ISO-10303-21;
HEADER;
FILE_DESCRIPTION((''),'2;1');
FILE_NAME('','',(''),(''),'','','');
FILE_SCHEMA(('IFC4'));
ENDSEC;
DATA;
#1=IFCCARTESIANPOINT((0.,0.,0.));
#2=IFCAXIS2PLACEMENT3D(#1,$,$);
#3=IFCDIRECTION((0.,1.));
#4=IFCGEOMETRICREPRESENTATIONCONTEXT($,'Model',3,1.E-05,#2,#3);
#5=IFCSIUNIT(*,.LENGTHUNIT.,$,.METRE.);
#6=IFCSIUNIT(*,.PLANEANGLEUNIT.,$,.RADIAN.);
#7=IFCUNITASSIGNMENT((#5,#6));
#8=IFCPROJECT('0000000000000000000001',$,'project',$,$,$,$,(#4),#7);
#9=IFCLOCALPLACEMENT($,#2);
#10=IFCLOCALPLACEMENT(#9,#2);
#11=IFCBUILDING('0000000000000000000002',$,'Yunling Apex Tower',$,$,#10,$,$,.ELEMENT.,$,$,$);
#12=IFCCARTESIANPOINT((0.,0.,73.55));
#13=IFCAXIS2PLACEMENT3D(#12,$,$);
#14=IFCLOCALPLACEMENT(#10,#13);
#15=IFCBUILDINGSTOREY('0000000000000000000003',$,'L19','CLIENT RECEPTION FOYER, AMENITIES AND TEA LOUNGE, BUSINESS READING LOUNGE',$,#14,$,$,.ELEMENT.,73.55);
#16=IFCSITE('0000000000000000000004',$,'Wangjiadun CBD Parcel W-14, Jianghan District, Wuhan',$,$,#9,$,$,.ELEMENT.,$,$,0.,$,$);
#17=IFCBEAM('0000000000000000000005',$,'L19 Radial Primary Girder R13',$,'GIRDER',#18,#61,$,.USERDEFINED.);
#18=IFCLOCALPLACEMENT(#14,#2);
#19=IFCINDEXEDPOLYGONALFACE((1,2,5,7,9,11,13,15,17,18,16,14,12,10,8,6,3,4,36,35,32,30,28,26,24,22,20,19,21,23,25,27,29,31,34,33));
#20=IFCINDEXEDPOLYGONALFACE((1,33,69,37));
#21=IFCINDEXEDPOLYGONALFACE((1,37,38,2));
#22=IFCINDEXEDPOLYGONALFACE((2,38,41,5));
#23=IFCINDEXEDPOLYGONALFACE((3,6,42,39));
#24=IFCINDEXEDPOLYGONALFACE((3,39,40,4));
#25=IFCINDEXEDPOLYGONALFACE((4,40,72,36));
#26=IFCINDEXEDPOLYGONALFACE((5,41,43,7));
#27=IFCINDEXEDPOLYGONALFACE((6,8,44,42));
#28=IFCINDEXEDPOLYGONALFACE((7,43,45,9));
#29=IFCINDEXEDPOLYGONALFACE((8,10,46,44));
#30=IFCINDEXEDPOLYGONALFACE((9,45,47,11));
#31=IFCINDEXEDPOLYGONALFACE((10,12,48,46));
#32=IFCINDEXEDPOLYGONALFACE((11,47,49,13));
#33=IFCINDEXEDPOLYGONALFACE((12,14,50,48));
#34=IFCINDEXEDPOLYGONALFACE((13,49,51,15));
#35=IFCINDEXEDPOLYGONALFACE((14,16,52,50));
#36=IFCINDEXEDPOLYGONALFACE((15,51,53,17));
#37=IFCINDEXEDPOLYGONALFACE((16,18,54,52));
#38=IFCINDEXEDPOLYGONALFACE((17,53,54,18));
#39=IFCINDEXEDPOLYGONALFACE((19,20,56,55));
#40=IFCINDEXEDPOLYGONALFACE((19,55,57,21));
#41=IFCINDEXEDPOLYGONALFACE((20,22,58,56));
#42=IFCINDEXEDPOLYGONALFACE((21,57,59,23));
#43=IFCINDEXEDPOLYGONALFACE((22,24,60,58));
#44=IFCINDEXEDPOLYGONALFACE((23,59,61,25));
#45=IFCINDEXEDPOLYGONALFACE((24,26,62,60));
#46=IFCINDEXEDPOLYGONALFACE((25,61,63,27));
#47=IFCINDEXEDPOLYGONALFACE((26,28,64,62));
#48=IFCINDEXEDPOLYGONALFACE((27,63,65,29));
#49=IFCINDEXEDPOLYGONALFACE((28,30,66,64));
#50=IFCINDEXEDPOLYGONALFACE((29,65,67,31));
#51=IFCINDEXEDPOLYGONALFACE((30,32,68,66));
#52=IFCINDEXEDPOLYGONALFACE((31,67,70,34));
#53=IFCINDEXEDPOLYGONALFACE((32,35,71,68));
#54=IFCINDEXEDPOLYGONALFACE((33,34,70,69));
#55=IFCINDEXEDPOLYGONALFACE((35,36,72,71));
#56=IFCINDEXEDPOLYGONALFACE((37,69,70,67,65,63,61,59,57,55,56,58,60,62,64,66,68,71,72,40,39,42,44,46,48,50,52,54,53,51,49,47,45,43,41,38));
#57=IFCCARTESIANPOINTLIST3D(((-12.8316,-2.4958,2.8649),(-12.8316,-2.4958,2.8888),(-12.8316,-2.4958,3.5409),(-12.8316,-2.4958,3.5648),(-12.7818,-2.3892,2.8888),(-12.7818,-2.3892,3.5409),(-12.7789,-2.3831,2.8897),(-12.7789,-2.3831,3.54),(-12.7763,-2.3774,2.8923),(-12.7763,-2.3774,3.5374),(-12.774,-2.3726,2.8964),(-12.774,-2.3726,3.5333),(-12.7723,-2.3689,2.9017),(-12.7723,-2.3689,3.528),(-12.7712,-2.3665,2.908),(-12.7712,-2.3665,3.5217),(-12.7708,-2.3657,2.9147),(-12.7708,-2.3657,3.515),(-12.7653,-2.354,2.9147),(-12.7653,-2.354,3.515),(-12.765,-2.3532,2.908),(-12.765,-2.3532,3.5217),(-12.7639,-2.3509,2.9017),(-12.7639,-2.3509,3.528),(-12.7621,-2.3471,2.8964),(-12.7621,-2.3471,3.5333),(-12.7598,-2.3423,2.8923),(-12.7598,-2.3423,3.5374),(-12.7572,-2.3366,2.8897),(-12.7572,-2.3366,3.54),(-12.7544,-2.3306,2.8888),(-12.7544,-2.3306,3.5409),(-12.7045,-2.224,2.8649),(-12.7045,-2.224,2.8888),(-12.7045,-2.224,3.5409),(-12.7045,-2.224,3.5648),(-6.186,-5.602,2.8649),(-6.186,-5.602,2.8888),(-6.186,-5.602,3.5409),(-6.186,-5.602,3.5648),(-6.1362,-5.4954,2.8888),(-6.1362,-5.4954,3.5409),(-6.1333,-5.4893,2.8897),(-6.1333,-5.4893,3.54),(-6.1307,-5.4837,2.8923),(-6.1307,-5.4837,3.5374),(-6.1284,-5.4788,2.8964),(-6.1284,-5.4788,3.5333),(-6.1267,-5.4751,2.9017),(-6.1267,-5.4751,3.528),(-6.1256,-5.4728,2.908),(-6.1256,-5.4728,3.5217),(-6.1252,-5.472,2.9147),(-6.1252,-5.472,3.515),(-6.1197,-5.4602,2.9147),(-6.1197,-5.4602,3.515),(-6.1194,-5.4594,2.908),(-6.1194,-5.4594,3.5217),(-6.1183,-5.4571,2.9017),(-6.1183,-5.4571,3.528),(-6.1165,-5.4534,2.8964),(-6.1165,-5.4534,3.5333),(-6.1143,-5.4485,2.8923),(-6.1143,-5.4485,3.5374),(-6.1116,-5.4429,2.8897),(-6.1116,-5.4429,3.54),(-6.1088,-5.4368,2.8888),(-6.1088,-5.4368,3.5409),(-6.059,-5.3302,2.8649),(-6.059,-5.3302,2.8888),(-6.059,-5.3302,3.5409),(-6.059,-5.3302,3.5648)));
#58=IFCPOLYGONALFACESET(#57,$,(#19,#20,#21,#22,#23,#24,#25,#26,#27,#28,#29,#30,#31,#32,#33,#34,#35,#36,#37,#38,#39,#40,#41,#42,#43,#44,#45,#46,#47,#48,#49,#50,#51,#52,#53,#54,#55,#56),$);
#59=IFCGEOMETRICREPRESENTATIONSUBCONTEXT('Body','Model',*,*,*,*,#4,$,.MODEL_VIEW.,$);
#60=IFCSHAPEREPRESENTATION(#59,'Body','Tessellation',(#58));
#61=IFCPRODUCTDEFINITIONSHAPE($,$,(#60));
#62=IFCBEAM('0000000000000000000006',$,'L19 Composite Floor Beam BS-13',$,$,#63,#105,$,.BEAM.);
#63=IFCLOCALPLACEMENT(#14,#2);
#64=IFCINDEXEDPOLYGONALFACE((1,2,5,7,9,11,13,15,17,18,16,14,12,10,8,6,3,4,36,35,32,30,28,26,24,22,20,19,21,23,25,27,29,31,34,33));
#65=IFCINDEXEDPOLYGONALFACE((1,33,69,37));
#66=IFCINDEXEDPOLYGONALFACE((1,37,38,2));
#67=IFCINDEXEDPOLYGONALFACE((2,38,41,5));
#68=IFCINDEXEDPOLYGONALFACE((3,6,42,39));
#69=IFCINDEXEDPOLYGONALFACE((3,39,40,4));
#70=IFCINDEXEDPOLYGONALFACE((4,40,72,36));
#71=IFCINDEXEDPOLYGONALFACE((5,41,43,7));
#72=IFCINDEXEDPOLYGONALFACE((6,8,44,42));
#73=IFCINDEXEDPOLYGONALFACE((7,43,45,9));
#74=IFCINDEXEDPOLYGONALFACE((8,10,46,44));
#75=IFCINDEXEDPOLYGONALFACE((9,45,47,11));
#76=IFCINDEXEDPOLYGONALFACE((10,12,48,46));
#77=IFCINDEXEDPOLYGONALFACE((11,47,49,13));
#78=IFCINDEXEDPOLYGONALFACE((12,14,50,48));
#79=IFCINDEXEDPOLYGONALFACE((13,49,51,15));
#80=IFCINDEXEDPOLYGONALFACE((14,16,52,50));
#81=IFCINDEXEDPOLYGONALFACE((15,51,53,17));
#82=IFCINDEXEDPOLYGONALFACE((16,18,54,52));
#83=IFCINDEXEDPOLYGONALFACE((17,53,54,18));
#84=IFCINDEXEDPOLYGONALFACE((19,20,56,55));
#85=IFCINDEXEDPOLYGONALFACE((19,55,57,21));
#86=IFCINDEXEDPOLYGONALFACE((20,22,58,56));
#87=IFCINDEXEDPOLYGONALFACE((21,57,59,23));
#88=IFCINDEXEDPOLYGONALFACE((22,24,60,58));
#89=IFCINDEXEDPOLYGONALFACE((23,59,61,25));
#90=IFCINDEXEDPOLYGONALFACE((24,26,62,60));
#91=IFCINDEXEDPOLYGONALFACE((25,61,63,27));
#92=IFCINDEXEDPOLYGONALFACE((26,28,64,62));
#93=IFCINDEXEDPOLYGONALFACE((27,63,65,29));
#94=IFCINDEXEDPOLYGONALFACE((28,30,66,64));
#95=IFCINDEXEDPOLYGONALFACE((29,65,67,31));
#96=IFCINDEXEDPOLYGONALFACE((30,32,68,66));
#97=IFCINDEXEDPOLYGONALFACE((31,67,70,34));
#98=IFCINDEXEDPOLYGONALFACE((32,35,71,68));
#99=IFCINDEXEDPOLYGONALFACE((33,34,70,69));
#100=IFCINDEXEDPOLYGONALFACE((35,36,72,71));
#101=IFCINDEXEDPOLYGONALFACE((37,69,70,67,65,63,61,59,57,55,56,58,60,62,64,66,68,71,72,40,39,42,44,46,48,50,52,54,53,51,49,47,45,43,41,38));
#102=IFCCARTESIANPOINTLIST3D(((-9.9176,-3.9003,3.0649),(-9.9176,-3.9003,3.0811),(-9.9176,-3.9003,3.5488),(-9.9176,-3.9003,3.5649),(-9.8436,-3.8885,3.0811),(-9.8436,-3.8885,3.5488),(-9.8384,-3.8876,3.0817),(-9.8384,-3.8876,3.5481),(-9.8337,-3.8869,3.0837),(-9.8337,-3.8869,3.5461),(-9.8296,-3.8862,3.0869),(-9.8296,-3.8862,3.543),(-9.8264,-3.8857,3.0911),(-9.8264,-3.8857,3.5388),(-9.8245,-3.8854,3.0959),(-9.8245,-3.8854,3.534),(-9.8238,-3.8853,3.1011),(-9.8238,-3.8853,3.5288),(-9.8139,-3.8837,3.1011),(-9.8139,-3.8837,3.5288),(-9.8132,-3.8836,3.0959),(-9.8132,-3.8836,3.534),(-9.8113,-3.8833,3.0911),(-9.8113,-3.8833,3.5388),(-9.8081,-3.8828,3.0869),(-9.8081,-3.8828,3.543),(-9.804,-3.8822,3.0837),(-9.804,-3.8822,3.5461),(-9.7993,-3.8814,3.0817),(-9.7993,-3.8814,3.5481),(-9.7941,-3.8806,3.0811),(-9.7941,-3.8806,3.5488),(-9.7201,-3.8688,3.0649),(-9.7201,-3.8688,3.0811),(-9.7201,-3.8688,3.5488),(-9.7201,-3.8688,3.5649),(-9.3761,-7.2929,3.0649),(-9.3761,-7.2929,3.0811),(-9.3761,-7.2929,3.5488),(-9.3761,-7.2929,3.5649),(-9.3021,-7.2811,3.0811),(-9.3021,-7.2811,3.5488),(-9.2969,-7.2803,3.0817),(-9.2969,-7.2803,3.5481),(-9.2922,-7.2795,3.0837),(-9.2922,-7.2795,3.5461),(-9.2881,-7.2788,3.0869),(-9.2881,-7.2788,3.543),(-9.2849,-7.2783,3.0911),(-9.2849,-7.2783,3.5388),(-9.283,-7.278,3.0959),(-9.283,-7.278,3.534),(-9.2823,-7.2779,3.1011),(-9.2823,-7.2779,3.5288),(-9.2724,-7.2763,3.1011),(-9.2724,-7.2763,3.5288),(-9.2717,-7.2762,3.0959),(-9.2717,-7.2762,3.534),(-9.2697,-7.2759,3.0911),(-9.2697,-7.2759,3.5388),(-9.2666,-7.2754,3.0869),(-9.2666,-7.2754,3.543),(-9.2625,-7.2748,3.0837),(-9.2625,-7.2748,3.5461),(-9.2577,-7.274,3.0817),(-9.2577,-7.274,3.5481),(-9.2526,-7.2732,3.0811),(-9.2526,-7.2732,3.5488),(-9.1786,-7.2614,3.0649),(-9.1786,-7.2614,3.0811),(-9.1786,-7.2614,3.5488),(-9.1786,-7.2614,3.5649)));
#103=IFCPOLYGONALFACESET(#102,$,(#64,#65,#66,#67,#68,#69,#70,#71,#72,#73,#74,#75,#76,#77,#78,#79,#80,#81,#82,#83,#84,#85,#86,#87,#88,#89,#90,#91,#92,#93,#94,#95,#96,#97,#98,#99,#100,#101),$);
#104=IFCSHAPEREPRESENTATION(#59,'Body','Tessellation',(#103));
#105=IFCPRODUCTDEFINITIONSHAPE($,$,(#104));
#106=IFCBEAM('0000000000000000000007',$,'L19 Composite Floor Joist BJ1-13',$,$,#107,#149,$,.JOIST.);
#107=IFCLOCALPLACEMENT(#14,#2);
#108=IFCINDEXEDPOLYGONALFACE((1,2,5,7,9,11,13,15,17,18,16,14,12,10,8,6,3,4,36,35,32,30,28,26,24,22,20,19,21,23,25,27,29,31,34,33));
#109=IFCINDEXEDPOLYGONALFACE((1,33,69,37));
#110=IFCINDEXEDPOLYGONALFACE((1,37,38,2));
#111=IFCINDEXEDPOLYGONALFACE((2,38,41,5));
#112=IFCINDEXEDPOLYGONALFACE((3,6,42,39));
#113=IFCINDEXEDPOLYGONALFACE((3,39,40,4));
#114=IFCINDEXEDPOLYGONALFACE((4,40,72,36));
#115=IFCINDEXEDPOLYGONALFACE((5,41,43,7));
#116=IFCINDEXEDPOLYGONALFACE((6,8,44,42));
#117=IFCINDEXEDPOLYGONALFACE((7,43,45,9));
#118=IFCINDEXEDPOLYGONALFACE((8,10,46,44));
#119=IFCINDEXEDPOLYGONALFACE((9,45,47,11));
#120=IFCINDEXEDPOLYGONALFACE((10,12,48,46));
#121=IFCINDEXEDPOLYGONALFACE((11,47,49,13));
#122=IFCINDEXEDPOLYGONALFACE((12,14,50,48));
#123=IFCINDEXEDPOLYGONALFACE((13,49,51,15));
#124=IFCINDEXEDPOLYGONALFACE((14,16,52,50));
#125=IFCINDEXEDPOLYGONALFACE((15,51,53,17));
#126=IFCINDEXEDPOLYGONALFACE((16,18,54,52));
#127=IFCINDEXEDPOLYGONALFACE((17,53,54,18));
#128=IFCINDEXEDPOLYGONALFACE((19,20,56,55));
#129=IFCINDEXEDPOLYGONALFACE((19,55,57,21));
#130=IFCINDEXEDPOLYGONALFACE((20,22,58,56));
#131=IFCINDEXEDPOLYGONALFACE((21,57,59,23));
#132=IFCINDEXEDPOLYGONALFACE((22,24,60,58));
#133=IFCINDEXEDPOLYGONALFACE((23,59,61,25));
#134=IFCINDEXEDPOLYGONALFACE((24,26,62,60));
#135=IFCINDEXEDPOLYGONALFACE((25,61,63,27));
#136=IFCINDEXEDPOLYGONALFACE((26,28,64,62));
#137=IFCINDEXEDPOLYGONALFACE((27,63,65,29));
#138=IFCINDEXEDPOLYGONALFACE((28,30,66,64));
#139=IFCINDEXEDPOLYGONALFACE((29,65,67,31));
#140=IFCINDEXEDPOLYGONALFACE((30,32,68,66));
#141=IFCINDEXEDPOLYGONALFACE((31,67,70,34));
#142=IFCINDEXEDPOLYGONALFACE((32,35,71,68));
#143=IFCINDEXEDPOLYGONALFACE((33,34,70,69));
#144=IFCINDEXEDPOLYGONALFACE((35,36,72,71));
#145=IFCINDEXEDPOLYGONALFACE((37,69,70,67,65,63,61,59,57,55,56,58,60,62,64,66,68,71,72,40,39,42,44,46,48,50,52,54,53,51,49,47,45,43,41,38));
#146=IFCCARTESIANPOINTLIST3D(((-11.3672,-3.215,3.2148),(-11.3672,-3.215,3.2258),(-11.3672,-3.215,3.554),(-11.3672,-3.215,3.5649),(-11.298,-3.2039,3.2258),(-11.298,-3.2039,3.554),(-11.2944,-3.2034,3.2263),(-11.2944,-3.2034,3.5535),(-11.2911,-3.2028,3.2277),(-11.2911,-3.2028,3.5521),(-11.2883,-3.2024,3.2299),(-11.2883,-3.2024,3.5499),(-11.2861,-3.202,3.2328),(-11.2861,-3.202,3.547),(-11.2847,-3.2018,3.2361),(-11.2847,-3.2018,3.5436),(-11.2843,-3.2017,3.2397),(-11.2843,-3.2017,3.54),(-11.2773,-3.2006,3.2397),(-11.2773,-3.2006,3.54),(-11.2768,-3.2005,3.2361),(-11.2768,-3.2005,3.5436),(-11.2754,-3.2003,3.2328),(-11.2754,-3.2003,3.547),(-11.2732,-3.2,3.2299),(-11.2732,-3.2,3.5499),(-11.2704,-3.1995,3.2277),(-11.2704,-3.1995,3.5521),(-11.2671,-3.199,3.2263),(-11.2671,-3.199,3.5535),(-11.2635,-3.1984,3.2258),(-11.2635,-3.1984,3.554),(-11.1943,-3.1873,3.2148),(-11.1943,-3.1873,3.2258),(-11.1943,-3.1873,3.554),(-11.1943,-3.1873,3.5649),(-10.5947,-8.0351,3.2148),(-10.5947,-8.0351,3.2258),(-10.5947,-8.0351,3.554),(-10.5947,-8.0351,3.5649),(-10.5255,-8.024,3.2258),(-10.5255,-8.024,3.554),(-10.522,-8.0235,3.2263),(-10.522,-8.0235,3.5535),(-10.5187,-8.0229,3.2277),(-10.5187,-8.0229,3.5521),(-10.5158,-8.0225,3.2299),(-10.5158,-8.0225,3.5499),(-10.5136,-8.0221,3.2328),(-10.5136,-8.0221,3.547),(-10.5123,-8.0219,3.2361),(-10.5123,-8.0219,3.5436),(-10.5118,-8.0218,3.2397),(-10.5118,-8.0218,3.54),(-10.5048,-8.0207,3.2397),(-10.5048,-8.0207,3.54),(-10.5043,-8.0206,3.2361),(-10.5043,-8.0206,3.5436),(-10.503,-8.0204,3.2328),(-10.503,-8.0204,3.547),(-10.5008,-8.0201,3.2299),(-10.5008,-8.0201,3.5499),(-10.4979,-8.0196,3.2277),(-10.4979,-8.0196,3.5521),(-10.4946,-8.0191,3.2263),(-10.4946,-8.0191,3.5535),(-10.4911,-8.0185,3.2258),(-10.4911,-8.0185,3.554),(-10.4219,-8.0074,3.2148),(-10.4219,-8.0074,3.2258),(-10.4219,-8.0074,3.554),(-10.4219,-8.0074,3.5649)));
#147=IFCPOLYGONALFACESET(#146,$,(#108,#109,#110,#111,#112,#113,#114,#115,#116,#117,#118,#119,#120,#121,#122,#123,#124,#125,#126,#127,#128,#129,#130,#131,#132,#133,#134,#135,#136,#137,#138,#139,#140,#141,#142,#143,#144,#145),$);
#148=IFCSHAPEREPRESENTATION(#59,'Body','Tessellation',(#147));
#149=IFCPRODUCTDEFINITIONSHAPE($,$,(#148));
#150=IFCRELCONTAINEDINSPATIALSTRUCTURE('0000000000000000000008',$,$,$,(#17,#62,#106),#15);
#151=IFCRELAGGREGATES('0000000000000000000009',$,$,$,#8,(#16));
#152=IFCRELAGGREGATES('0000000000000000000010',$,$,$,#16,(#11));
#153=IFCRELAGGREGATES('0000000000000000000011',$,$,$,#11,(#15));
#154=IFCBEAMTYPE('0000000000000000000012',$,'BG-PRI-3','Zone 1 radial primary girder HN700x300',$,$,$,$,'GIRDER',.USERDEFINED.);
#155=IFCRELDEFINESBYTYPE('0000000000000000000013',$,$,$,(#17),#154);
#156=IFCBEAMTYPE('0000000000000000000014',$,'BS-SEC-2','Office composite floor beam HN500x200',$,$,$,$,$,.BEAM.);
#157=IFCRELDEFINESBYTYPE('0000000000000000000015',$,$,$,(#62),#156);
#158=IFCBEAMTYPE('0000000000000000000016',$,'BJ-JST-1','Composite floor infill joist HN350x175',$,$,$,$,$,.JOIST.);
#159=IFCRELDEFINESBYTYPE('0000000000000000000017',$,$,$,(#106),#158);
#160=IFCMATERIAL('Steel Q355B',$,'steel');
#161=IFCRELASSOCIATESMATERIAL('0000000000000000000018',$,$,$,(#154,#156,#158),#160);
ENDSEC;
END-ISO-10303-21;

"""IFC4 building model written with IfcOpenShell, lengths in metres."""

from ifc_helpers import new_model, si_unit, direction, frame, origin, origin_2d, place, context, subcontext, project, spatial, i_section, extrude, source, transform, mapped, material, material_profile, profile_set, type_object, element, save


model = new_model("IFC4")

# Units and contexts
model_context = context("Model", 3, precision=1e-05, world=origin(), true_north=direction((0.0, 1.0)))
body_context = subcontext(model_context, "Body", "Model", "MODEL_VIEW")
ifc_project = project(units=[si_unit("LENGTHUNIT", "METRE"), si_unit("PLANEANGLEUNIT", "RADIAN")], contexts=[model_context])

# Site, building, storey
site_placement = place(None, origin())
site = spatial("IfcSite", under=ifc_project, at=site_placement, Name="Wangjiadun CBD Parcel W-14, Jianghan District, Wuhan", CompositionType="ELEMENT", RefElevation=0.0)
building_placement = place(site_placement, origin())
building = spatial("IfcBuilding", under=site, at=building_placement, Name="Yunling Apex Tower", CompositionType="ELEMENT")
storey_placement = place(building_placement, frame((0.0, 0.0, 73.55)))
storey = spatial("IfcBuildingStorey", under=building, at=storey_placement, Name="L19", Description="CLIENT RECEPTION FOYER, AMENITIES AND TEA LOUNGE, BUSINESS READING LOUNGE", CompositionType="ELEMENT", Elevation=73.55)

# Beams
ifc_material_1 = material(Name="Steel Q355B", Category="steel")
ifc_material_profile_1 = material_profile(ifc_material_1, i_section(OverallWidth=0.3, OverallDepth=0.7, WebThickness=0.0129, FlangeThickness=0.0239, FilletRadius=0.0259, at=origin_2d()))
ifc_profile_set_1 = profile_set([ifc_material_profile_1], Name="Steel Q355B")
beam_type_1 = type_object("IfcBeamType", Name="BG-PRI-3", Description="Zone 1 radial primary girder HN700x300", ElementType="GIRDER", PredefinedType="USERDEFINED", material=ifc_profile_set_1)
shared_shape_1 = source(origin(), body_context, "Body", "SweptSolid", [
    extrude(i_section(OverallWidth=0.3, OverallDepth=0.7, WebThickness=0.0129, FlangeThickness=0.0239, FilletRadius=0.0259, at=origin_2d()), origin(), (0.0, 0.0, 1.0), 7.3357),
])
beam_1_placement = place(storey_placement, frame((-12.7681, -2.3599, 3.2148), z_axis=(0.905924, -0.423441, 0.0), x_axis=(0.423441, 0.905924, 0.0)))
element("IfcBeam", 1, at=beam_1_placement, inside=storey, type_object=beam_type_1, Name="L19 Radial Primary Girder R13", ObjectType="GIRDER", PredefinedType="USERDEFINED", context=body_context, shape_type="MappedRepresentation", body=[
    mapped(shared_shape_1, transform((0.0, 0.0, 0.0), scale=1.0)),
])
ifc_material_profile_2 = material_profile(ifc_material_1, i_section(OverallWidth=0.2, OverallDepth=0.5, WebThickness=0.01, FlangeThickness=0.0161, FilletRadius=0.02, at=origin_2d()))
ifc_profile_set_2 = profile_set([ifc_material_profile_2], Name="Steel Q355B")
beam_type_2 = type_object("IfcBeamType", Name="BS-SEC-2", Description="Office composite floor beam HN500x200", PredefinedType="BEAM", material=ifc_profile_set_2)
shared_shape_2 = source(origin(), body_context, "Body", "SweptSolid", [
    extrude(i_section(OverallWidth=0.2, OverallDepth=0.5, WebThickness=0.01, FlangeThickness=0.0161, FilletRadius=0.02, at=origin_2d()), origin(), (0.0, 0.0, 1.0), 3.4355),
])
beam_2_placement = place(storey_placement, frame((-9.8188, -3.8845, 3.3149), z_axis=(0.157619, -0.9875, 0.0), x_axis=(0.9875, 0.157619, 0.0)))
element("IfcBeam", 2, at=beam_2_placement, inside=storey, type_object=beam_type_2, Name="L19 Composite Floor Beam BS-13", PredefinedType="BEAM", context=body_context, shape_type="MappedRepresentation", body=[
    mapped(shared_shape_2, transform((0.0, 0.0, 0.0), scale=1.0)),
])
ifc_material_profile_3 = material_profile(ifc_material_1, i_section(OverallWidth=0.175, OverallDepth=0.3501, WebThickness=0.0071, FlangeThickness=0.011, FilletRadius=0.0139, at=origin_2d()))
ifc_profile_set_3 = profile_set([ifc_material_profile_3], Name="Steel Q355B")
beam_type_3 = type_object("IfcBeamType", Name="BJ-JST-1", Description="Composite floor infill joist HN350x175", PredefinedType="JOIST", material=ifc_profile_set_3)
shared_shape_3 = source(origin(), body_context, "Body", "SweptSolid", [
    extrude(i_section(OverallWidth=0.175, OverallDepth=0.3501, WebThickness=0.0071, FlangeThickness=0.011, FilletRadius=0.0139, at=origin_2d()), origin(), (0.0, 0.0, 1.0), 4.8816),
])
beam_3_placement = place(storey_placement, frame((-11.2808, -3.2012, 3.3899), z_axis=(0.15824, -0.987401, 0.0), x_axis=(0.987401, 0.15824, 0.0)))
element("IfcBeam", 3, at=beam_3_placement, inside=storey, type_object=beam_type_3, Name="L19 Composite Floor Joist BJ1-13", PredefinedType="JOIST", context=body_context, shape_type="MappedRepresentation", body=[
    mapped(shared_shape_3, transform((0.0, 0.0, 0.0), scale=1.0)),
])

save(model, "model.ifc")
